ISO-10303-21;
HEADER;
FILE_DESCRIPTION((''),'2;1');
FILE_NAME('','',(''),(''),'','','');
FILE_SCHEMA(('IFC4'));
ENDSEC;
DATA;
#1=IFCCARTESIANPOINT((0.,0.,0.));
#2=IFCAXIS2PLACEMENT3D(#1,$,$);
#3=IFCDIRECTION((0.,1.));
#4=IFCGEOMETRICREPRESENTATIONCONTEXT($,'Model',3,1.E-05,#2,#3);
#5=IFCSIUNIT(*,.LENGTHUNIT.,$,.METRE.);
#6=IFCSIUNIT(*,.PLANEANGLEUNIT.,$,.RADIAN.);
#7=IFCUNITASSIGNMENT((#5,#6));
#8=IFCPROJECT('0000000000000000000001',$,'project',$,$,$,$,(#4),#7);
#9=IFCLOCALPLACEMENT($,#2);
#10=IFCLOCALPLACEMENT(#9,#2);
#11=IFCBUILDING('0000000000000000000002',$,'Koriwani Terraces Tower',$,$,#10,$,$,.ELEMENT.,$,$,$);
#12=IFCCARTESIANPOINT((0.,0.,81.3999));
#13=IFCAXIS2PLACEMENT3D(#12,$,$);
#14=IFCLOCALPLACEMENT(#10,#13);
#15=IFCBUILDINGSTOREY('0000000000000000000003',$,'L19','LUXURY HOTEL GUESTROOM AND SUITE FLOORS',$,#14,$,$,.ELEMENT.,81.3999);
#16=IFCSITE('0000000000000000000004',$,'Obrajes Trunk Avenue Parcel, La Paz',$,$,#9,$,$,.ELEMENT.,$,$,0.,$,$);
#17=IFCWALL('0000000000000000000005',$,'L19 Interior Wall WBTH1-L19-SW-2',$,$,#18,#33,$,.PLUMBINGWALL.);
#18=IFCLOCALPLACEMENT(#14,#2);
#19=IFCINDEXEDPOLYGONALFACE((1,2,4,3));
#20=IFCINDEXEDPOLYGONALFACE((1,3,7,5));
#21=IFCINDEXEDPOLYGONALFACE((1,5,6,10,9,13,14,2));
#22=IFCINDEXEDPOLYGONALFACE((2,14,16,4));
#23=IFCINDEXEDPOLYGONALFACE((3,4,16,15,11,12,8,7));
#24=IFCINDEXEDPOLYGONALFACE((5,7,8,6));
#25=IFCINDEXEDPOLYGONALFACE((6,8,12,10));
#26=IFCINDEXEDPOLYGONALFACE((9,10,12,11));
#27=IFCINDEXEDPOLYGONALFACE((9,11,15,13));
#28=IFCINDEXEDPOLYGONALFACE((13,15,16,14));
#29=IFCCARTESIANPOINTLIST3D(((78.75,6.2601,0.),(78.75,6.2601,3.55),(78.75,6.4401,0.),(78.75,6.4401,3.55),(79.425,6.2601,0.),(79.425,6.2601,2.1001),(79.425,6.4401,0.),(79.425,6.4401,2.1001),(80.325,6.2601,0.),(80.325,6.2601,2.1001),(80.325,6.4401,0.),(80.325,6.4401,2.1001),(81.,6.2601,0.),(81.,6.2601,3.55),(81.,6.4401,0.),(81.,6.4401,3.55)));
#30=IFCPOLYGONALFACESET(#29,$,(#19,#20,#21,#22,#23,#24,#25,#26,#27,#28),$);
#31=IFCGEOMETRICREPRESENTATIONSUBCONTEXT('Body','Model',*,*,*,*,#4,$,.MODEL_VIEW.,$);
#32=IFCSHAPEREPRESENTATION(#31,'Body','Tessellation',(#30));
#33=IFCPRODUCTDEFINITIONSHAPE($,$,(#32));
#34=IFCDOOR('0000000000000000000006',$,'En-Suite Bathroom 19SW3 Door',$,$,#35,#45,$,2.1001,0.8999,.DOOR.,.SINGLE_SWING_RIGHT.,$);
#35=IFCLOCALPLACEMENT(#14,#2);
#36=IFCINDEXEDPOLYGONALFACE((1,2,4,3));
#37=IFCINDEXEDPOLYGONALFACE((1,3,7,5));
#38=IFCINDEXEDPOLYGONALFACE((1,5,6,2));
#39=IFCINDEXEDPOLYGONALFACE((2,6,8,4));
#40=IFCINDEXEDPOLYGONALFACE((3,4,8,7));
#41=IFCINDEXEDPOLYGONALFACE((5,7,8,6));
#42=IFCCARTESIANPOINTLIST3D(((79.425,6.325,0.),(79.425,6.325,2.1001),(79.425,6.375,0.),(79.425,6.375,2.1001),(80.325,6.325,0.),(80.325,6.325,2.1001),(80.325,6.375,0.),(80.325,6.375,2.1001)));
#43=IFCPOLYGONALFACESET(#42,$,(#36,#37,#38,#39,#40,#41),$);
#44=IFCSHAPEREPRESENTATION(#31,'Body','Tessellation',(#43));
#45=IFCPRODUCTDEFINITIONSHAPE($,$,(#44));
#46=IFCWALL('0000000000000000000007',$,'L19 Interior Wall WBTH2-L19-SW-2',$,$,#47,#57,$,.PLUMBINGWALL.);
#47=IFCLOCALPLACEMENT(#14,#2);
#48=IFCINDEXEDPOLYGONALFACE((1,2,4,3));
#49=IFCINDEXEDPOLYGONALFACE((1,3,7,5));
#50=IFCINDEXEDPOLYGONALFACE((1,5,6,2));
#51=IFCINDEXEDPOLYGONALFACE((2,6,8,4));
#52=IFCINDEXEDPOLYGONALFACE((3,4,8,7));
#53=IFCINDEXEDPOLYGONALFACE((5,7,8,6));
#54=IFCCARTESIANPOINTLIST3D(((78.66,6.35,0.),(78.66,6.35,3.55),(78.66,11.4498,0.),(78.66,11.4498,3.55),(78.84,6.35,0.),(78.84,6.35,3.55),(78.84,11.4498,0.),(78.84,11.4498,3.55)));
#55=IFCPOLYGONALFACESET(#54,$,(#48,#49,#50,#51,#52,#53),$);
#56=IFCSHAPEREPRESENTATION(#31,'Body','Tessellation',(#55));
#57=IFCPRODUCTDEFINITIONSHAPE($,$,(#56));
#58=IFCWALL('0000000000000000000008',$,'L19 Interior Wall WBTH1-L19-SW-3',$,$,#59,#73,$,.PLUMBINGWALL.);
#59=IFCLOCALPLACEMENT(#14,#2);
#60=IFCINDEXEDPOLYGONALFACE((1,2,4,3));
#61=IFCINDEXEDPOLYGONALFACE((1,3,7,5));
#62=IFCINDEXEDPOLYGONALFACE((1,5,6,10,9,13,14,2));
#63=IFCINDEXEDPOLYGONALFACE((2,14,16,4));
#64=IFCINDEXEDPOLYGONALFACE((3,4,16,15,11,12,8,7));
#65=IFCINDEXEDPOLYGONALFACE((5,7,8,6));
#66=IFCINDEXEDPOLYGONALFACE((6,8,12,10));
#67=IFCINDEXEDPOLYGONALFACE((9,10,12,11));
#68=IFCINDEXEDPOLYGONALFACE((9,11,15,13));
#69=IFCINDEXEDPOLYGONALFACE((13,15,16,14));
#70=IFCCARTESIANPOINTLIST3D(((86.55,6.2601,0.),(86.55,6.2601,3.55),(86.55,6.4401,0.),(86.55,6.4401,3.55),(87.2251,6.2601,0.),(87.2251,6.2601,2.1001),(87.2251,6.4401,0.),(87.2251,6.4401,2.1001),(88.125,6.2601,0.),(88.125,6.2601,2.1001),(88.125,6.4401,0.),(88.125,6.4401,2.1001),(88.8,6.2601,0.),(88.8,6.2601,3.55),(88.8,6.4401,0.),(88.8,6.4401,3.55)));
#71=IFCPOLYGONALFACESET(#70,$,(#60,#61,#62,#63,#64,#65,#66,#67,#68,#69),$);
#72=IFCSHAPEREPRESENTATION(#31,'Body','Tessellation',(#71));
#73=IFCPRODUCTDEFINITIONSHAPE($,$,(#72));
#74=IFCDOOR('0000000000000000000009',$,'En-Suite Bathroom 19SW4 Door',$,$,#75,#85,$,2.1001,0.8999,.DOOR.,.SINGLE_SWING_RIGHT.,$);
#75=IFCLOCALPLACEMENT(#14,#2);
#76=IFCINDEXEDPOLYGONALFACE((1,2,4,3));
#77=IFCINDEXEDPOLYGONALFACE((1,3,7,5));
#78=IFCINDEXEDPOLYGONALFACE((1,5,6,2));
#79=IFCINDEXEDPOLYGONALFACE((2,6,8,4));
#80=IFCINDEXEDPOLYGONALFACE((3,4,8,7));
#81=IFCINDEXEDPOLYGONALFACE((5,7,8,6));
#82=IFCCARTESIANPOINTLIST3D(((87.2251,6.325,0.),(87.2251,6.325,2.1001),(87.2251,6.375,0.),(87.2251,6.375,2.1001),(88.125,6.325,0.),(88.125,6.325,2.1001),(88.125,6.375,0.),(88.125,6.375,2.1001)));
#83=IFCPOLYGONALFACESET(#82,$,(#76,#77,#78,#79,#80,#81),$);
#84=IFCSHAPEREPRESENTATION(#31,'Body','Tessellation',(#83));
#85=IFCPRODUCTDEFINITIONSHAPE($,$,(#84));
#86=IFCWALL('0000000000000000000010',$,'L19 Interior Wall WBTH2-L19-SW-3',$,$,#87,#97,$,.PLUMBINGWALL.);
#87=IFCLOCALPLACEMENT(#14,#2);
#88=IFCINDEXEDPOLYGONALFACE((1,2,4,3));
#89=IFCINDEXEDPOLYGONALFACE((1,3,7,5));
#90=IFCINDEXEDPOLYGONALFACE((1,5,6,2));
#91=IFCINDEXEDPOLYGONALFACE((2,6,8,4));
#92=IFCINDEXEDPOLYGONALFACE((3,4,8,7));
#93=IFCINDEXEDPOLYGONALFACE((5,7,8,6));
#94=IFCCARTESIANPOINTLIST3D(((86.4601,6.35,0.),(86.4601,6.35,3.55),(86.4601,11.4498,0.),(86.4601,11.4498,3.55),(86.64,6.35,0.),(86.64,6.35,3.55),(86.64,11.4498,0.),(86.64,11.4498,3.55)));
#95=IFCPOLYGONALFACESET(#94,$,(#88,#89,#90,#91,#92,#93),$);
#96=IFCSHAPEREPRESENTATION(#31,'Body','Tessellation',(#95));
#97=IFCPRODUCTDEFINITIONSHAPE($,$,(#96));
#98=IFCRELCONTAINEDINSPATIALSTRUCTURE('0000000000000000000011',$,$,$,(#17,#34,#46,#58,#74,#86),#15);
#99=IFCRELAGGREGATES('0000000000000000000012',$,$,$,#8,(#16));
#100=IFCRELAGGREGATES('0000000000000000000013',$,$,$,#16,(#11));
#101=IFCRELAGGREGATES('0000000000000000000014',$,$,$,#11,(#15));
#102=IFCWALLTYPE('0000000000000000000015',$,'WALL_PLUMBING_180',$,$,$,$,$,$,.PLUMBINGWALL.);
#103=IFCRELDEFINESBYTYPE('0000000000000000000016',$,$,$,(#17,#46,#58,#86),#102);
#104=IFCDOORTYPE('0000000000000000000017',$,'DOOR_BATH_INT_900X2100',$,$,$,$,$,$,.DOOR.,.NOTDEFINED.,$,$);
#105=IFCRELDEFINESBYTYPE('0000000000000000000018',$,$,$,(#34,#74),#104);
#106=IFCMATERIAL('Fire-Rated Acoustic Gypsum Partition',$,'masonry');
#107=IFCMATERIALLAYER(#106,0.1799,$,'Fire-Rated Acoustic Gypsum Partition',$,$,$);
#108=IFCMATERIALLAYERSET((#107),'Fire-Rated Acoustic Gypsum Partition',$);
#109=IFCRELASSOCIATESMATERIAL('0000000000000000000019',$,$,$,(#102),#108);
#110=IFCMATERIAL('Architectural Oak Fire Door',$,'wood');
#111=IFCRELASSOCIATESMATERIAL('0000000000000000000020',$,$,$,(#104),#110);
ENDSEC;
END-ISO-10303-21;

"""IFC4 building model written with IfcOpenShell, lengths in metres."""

from ifc_helpers import new_model, si_unit, direction, frame, frame_2d, origin, place, context, subcontext, project, spatial, rectangle, extrude, material, layer, layer_set, type_object, element, fill, save


model = new_model("IFC4")

# Units and contexts
model_context = context("Model", 3, precision=1e-05, world=origin(), true_north=direction((0.0, 1.0)))
body_context = subcontext(model_context, "Body", "Model", "MODEL_VIEW")
ifc_project = project(units=[si_unit("LENGTHUNIT", "METRE"), si_unit("PLANEANGLEUNIT", "RADIAN")], contexts=[model_context])

# Site, building, storey
site_placement = place(None, origin())
site = spatial("IfcSite", under=ifc_project, at=site_placement, Name="Obrajes Trunk Avenue Parcel, La Paz", CompositionType="ELEMENT", RefElevation=0.0)
building_placement = place(site_placement, origin())
building = spatial("IfcBuilding", under=site, at=building_placement, Name="Koriwani Terraces Tower", CompositionType="ELEMENT")
storey_placement = place(building_placement, frame((0.0, 0.0, 81.3999)))
storey = spatial("IfcBuildingStorey", under=building, at=storey_placement, Name="L19", Description="LUXURY HOTEL GUESTROOM AND SUITE FLOORS", CompositionType="ELEMENT", Elevation=81.3999)

# Wall, opening, door
ifc_material_1 = material(Name="Fire-Rated Acoustic Gypsum Partition", Category="masonry")
ifc_layer_1 = layer(ifc_material_1, 0.1799, Name="Fire-Rated Acoustic Gypsum Partition")
ifc_layer_set_1 = layer_set([ifc_layer_1], Name="Fire-Rated Acoustic Gypsum Partition")
wall_type_1 = type_object("IfcWallType", Name="WALL_PLUMBING_180", PredefinedType="PLUMBINGWALL", material=ifc_layer_set_1)
wall_1_placement = place(storey_placement, frame((78.75, 6.3501, 0.0), z_axis=(0.0, 0.0, 1.0), x_axis=(1.0, 0.0, 0.0)))
wall_1 = element("IfcWall", 1, at=wall_1_placement, inside=storey, type_object=wall_type_1, Name="L19 Interior Wall WBTH1-L19-SW-2", PredefinedType="PLUMBINGWALL", context=body_context, shape_type="SweptSolid", body=[
    extrude(rectangle(XDim=2.25, YDim=0.1799, at=frame_2d((1.125, 0.0))), origin(), (0.0, 0.0, 1.0), 3.55),
])
opening_1_placement = place(wall_1_placement, frame((0.675, 0.0, 0.0)))
opening_1 = element("IfcOpeningElement", 2, at=opening_1_placement, cuts=wall_1, PredefinedType="OPENING", context=body_context, shape_type="SweptSolid", body=[
    extrude(rectangle(XDim=0.8999, YDim=2.1001, at=frame_2d((0.45, 1.05))), frame((0.0, 0.1001, 0.0), z_axis=(0.0, -1.0, 0.0), x_axis=(1.0, 0.0, 0.0)), (0.0, 0.0, 1.0), 0.2),
])
ifc_material_2 = material(Name="Architectural Oak Fire Door", Category="wood")
door_type_1 = type_object("IfcDoorType", Name="DOOR_BATH_INT_900X2100", OperationType="NOTDEFINED", PredefinedType="DOOR", material=ifc_material_2)
door_1_placement = place(opening_1_placement, origin())
door_1 = element("IfcDoor", 3, at=door_1_placement, inside=storey, type_object=door_type_1, Name="En-Suite Bathroom 19SW3 Door", OperationType="SINGLE_SWING_RIGHT", OverallHeight=2.1001, OverallWidth=0.8999, PredefinedType="DOOR", context=body_context, shape_type="SweptSolid", body=[
    extrude(rectangle(XDim=0.8999, YDim=2.1001, at=frame_2d((0.45, 1.05))), frame((0.0, 0.0249, 0.0), z_axis=(0.0, -1.0, 0.0), x_axis=(1.0, 0.0, 0.0)), (0.0, 0.0, 1.0), 0.05),
])
fill(opening_1, door_1)

# Wall
wall_2_placement = place(storey_placement, frame((78.75, 6.3501, 0.0), z_axis=(0.0, 0.0, 1.0), x_axis=(0.0, 1.0, 0.0)))
element("IfcWall", 4, at=wall_2_placement, inside=storey, type_object=wall_type_1, Name="L19 Interior Wall WBTH2-L19-SW-2", PredefinedType="PLUMBINGWALL", context=body_context, shape_type="SweptSolid", body=[
    extrude(rectangle(XDim=5.0999, YDim=0.1799, at=frame_2d((2.5498, 0.0))), origin(), (0.0, 0.0, 1.0), 3.55),
])

# Wall, opening, door
wall_3_placement = place(storey_placement, frame((86.55, 6.3501, 0.0), z_axis=(0.0, 0.0, 1.0), x_axis=(1.0, 0.0, 0.0)))
wall_3 = element("IfcWall", 5, at=wall_3_placement, inside=storey, type_object=wall_type_1, Name="L19 Interior Wall WBTH1-L19-SW-3", PredefinedType="PLUMBINGWALL", context=body_context, shape_type="SweptSolid", body=[
    extrude(rectangle(XDim=2.25, YDim=0.1799, at=frame_2d((1.125, 0.0))), origin(), (0.0, 0.0, 1.0), 3.55),
])
opening_2_placement = place(wall_3_placement, frame((0.675, 0.0, 0.0)))
opening_2 = element("IfcOpeningElement", 6, at=opening_2_placement, cuts=wall_3, PredefinedType="OPENING", context=body_context, shape_type="SweptSolid", body=[
    extrude(rectangle(XDim=0.8999, YDim=2.1001, at=frame_2d((0.45, 1.05))), frame((0.0, 0.1001, 0.0), z_axis=(0.0, -1.0, 0.0), x_axis=(1.0, 0.0, 0.0)), (0.0, 0.0, 1.0), 0.2),
])
door_2_placement = place(opening_2_placement, origin())
door_2 = element("IfcDoor", 7, at=door_2_placement, inside=storey, type_object=door_type_1, Name="En-Suite Bathroom 19SW4 Door", OperationType="SINGLE_SWING_RIGHT", OverallHeight=2.1001, OverallWidth=0.8999, PredefinedType="DOOR", context=body_context, shape_type="SweptSolid", body=[
    extrude(rectangle(XDim=0.8999, YDim=2.1001, at=frame_2d((0.45, 1.05))), frame((0.0, 0.0249, 0.0), z_axis=(0.0, -1.0, 0.0), x_axis=(1.0, 0.0, 0.0)), (0.0, 0.0, 1.0), 0.05),
])
fill(opening_2, door_2)

# Wall
wall_4_placement = place(storey_placement, frame((86.55, 6.3501, 0.0), z_axis=(0.0, 0.0, 1.0), x_axis=(0.0, 1.0, 0.0)))
element("IfcWall", 8, at=wall_4_placement, inside=storey, type_object=wall_type_1, Name="L19 Interior Wall WBTH2-L19-SW-3", PredefinedType="PLUMBINGWALL", context=body_context, shape_type="SweptSolid", body=[
    extrude(rectangle(XDim=5.0999, YDim=0.1799, at=frame_2d((2.5498, 0.0))), origin(), (0.0, 0.0, 1.0), 3.55),
])

save(model, "model.ifc")
